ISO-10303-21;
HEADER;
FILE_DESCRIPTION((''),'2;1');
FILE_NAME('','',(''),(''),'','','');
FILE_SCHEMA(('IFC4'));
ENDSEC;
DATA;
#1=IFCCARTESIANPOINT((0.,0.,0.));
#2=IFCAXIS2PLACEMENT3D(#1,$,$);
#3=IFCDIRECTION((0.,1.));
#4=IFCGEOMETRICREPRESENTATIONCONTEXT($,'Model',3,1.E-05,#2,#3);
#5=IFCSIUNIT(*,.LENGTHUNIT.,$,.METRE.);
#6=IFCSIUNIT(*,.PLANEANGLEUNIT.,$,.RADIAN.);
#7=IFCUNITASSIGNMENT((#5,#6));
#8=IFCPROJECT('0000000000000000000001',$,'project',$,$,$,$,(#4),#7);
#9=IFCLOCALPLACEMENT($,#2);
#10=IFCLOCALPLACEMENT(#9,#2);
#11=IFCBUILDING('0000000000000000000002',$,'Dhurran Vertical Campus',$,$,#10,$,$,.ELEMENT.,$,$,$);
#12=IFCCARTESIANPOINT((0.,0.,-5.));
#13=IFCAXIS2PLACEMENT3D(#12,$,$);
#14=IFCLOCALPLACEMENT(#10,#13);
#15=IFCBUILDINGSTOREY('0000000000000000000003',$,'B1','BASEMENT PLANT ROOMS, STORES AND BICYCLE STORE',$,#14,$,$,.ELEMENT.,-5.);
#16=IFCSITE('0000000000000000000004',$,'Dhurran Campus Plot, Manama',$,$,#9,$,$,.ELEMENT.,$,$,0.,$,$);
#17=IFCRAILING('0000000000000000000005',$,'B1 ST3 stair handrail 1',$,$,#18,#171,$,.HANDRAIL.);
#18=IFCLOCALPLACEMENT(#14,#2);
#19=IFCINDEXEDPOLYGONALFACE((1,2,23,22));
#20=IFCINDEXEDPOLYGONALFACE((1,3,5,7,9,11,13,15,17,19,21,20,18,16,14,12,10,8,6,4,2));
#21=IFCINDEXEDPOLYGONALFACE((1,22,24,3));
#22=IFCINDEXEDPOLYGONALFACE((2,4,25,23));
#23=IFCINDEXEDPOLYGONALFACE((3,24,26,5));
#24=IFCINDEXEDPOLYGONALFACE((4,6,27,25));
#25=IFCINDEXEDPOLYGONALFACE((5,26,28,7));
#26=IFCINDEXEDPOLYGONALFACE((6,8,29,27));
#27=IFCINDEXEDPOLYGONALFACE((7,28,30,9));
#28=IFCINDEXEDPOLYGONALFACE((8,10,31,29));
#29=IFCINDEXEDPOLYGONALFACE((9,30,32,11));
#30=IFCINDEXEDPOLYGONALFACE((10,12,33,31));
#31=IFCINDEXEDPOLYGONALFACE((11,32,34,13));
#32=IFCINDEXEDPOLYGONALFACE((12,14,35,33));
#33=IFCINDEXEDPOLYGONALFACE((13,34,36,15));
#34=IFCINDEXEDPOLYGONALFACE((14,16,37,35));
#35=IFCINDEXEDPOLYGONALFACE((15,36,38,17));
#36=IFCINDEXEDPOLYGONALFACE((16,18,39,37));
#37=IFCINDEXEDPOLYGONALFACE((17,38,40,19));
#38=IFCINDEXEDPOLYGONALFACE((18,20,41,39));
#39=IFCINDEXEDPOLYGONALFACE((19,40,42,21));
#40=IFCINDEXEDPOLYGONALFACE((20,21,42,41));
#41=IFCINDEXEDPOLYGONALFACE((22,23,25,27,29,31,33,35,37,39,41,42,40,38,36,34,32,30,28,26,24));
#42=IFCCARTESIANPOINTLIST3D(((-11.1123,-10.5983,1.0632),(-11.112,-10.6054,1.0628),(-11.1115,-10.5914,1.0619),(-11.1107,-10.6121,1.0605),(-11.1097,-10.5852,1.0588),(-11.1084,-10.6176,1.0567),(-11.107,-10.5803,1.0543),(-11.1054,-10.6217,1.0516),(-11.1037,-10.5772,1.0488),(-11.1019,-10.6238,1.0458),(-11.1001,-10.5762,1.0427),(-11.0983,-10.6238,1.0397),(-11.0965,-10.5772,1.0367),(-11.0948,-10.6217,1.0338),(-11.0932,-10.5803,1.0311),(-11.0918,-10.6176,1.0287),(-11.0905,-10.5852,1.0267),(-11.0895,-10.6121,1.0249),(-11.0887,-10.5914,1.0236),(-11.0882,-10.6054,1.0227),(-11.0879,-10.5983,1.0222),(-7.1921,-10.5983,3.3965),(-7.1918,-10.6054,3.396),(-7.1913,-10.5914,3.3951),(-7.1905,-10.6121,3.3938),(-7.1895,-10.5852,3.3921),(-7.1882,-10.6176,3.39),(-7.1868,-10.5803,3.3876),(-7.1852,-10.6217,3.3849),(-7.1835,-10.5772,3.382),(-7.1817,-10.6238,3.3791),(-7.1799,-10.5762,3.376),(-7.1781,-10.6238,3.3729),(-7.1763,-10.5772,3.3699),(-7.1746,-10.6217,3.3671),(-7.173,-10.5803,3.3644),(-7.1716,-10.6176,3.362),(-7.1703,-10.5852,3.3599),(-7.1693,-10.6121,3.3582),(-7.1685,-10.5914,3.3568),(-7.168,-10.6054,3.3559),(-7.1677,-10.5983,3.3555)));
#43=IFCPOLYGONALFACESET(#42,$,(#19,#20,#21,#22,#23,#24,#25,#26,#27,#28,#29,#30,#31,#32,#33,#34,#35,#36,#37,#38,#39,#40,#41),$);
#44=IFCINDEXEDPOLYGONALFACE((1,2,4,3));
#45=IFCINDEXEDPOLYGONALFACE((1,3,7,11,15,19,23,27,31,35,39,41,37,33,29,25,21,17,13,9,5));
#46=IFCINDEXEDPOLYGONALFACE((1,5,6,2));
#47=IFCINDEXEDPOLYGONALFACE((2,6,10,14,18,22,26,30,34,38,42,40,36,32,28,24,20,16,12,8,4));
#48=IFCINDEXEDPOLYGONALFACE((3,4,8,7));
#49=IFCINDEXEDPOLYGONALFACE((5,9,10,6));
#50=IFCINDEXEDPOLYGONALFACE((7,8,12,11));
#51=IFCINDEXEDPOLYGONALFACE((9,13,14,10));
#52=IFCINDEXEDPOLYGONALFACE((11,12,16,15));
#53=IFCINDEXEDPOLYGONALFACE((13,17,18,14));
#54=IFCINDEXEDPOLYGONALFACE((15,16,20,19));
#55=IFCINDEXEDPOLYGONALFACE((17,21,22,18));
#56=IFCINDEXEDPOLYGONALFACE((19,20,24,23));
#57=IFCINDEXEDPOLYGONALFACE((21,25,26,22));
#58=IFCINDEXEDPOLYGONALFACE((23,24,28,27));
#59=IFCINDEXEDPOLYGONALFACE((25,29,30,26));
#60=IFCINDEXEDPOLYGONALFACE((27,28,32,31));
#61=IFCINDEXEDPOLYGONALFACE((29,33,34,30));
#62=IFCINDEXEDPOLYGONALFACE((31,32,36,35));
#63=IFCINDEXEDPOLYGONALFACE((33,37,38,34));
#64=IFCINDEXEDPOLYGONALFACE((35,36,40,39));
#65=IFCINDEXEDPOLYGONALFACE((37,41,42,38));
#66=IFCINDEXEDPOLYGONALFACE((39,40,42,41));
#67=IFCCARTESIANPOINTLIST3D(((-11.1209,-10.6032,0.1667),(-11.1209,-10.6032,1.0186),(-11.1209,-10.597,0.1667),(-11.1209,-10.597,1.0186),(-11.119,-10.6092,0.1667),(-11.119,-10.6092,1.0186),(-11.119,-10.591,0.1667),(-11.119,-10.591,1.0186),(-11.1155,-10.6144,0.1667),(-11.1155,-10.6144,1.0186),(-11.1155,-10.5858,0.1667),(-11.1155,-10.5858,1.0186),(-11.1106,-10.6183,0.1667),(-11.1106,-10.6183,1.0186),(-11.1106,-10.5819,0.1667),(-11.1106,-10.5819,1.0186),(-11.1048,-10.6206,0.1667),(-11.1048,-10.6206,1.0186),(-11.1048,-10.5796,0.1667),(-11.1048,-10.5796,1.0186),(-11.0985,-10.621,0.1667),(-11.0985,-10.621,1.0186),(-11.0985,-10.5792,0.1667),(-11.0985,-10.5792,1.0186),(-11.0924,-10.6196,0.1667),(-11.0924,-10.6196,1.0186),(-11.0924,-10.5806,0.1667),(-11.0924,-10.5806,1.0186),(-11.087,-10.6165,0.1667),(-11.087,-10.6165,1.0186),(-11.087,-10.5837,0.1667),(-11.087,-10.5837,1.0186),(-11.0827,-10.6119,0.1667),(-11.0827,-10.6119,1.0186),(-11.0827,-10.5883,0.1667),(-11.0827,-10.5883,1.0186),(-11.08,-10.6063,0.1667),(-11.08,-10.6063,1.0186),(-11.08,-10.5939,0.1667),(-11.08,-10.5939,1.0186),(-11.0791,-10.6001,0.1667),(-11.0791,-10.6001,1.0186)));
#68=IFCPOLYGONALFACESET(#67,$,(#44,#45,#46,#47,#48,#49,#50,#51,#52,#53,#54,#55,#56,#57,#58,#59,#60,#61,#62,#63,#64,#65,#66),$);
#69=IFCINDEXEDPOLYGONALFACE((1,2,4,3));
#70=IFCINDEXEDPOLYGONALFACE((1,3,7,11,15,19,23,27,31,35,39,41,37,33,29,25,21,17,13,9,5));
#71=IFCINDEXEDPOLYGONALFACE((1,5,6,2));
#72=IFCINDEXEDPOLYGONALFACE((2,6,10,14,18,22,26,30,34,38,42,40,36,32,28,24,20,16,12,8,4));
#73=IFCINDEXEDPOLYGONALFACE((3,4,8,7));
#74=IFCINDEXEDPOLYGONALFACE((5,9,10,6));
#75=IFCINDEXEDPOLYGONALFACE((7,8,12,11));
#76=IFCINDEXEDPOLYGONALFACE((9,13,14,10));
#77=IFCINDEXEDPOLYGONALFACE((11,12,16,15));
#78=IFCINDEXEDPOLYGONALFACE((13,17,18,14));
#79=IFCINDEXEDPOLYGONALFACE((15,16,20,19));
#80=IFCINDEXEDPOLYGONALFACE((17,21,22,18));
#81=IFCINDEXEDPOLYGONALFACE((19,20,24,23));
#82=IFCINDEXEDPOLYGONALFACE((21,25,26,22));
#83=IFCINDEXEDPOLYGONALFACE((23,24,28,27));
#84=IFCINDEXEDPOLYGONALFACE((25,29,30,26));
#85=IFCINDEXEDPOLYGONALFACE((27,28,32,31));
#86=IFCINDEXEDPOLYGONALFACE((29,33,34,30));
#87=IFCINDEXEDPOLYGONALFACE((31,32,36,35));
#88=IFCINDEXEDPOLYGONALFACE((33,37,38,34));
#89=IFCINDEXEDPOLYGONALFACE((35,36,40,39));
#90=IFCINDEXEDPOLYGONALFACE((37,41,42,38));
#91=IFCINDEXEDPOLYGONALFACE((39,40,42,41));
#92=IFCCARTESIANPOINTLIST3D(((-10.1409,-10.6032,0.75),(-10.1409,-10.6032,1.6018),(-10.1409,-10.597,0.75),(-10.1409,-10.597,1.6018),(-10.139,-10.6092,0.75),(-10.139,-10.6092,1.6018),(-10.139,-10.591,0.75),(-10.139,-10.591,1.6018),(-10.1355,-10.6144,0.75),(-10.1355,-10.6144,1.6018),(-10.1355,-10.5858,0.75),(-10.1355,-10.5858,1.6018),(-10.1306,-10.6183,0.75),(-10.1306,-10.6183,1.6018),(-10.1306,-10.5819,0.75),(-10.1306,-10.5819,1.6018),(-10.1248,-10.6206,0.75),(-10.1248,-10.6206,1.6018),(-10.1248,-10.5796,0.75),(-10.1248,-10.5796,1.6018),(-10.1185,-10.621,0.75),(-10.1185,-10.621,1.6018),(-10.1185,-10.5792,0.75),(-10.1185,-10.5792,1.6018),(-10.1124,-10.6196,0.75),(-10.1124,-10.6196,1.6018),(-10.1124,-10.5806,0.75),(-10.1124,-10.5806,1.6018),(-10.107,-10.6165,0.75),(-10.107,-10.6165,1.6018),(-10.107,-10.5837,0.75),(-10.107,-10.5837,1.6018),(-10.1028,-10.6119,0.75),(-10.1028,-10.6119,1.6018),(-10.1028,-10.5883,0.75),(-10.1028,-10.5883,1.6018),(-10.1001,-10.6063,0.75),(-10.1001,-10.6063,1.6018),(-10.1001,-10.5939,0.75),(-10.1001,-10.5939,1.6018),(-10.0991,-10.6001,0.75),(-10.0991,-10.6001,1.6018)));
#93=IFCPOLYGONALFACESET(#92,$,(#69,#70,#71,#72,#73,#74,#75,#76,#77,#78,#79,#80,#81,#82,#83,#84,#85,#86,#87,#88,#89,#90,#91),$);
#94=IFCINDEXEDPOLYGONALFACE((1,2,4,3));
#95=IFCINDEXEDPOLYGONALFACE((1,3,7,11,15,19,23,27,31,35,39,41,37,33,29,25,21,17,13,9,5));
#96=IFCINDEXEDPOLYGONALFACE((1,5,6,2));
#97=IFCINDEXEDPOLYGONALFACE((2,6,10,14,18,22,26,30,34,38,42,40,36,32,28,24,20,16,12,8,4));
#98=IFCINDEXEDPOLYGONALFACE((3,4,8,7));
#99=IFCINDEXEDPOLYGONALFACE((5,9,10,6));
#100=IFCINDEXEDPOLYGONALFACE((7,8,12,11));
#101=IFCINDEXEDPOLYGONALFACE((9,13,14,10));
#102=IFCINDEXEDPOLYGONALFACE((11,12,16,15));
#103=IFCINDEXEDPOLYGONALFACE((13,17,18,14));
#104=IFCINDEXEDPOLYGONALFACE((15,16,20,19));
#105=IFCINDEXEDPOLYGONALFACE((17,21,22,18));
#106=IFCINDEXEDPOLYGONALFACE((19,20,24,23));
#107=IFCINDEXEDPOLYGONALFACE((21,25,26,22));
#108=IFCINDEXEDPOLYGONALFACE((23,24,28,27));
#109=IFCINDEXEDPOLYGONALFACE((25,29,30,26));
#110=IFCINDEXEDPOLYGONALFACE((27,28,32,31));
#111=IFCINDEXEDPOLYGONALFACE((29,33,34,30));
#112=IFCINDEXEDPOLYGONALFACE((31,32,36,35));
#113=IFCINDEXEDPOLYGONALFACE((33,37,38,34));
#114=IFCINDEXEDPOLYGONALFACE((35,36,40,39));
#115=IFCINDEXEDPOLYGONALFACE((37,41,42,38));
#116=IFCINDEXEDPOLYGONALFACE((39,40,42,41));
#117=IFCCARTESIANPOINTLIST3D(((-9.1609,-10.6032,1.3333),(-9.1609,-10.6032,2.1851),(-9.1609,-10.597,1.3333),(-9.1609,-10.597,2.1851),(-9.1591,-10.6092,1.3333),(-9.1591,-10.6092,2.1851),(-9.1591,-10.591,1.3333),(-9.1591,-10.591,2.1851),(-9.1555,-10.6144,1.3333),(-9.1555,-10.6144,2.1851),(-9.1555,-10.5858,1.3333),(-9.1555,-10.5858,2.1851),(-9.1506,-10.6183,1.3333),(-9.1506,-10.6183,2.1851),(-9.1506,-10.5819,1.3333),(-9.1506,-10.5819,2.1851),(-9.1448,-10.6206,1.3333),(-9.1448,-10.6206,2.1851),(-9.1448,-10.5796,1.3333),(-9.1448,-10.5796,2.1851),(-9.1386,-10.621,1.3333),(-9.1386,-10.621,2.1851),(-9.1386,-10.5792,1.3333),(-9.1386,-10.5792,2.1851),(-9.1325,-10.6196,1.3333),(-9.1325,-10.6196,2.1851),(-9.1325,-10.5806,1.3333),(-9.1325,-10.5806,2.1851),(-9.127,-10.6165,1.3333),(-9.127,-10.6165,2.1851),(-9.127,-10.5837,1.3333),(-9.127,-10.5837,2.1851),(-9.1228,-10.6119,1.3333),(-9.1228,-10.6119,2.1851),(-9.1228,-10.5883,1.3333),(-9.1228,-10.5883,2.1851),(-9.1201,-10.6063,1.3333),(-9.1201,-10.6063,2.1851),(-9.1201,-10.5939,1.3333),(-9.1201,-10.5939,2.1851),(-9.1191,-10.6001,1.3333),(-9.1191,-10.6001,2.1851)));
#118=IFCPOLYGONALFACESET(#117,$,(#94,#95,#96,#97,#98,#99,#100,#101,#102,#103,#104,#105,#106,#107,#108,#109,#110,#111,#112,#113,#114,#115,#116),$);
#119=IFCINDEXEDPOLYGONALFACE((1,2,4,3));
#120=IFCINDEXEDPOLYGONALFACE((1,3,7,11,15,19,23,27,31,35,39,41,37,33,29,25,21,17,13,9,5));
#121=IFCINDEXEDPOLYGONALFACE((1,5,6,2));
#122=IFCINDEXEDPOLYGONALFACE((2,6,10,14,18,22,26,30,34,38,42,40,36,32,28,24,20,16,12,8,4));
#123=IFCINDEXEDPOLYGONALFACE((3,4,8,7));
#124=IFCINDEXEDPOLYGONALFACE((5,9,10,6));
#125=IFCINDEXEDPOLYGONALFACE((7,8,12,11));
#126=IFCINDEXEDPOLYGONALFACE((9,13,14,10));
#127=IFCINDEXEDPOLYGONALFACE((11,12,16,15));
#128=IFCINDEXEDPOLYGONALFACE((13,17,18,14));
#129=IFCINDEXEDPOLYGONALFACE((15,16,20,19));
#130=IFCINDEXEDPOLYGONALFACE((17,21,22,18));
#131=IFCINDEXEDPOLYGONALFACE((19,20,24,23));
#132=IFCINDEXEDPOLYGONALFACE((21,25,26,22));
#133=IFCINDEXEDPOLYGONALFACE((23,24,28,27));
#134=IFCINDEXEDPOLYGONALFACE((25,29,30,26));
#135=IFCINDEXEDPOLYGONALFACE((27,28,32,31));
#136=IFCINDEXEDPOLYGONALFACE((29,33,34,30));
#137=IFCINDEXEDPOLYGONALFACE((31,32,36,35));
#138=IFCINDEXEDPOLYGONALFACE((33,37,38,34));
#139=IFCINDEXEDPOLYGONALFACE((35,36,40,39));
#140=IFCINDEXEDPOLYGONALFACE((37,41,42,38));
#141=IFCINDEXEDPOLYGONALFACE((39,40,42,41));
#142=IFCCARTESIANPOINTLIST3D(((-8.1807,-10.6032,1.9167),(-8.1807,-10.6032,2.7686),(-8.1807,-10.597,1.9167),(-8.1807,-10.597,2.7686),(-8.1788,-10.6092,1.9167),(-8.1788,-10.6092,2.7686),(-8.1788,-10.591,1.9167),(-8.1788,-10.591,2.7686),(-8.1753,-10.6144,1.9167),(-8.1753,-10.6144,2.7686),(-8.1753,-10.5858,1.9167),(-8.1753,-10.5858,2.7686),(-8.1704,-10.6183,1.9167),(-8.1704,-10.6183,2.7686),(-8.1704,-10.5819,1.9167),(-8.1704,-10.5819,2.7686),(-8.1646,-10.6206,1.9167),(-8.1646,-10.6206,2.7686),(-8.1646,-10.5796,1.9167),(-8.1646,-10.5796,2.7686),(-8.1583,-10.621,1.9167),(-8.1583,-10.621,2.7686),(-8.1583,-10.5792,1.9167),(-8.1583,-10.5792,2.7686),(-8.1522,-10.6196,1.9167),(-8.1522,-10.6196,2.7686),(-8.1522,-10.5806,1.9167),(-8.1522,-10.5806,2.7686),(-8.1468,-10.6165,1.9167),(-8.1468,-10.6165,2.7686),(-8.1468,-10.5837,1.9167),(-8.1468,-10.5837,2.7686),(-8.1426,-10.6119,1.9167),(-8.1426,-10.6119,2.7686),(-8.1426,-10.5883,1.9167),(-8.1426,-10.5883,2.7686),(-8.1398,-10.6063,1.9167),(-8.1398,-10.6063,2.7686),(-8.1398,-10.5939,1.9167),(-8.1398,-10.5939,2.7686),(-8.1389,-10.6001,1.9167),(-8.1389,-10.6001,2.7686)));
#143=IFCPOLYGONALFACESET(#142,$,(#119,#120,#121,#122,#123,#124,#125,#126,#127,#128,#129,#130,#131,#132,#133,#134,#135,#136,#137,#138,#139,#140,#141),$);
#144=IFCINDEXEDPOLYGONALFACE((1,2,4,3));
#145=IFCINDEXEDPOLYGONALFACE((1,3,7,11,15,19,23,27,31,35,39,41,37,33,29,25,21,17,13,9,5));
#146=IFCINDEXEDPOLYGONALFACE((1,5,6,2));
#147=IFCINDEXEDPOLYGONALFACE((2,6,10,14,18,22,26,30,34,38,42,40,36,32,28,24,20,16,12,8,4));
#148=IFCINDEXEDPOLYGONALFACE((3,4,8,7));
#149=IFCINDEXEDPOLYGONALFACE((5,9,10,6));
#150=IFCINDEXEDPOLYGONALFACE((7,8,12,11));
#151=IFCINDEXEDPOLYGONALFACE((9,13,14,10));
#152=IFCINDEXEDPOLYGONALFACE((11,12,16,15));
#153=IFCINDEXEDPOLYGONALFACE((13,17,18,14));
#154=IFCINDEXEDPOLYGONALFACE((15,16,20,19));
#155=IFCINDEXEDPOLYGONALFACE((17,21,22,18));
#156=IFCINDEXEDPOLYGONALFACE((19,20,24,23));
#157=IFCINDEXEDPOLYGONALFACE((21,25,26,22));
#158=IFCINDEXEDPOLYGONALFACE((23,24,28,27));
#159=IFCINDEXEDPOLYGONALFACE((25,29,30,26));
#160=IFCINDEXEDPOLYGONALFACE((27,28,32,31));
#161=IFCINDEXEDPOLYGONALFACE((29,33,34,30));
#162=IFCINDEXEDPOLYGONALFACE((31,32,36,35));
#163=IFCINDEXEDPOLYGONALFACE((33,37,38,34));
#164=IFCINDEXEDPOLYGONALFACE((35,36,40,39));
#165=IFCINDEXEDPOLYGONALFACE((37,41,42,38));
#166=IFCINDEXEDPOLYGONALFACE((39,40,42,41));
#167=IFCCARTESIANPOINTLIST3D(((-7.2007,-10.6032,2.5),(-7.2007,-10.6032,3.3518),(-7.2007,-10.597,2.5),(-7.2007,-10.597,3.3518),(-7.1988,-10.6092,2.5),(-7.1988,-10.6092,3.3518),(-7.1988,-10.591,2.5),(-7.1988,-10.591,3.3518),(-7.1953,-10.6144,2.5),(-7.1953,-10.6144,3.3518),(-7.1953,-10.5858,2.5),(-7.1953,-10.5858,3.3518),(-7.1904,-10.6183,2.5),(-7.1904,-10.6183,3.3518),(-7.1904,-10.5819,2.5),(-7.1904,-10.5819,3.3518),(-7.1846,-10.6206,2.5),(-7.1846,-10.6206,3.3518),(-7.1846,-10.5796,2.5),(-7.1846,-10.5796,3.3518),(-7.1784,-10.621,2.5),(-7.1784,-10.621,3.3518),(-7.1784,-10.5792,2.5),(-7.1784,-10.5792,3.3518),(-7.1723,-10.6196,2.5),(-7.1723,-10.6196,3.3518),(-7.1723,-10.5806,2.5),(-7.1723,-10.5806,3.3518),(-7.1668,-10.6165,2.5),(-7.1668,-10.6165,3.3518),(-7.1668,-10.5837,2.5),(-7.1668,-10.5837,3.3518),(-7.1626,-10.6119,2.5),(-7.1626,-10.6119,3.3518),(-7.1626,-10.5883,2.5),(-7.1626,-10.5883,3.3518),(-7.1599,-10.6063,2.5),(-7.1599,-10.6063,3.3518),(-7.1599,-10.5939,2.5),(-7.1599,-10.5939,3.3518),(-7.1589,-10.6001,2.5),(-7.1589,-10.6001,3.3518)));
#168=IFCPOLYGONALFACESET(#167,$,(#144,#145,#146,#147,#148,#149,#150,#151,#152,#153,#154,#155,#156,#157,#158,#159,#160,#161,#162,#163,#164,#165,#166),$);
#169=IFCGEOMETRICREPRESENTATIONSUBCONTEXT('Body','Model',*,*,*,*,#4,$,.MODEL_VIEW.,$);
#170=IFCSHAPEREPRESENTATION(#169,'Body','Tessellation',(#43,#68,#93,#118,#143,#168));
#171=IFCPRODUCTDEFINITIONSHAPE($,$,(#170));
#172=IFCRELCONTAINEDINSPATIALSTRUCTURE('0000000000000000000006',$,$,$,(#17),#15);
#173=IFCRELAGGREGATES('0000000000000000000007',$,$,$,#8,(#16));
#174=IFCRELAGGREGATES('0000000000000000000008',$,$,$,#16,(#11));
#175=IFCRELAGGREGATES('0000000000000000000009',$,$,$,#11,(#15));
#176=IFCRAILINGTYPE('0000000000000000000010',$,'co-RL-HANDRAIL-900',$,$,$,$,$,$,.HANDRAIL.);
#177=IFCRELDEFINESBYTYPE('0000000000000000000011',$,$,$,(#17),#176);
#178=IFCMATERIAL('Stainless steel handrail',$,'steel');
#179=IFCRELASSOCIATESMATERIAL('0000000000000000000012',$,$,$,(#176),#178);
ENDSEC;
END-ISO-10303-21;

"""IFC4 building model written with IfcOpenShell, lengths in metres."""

from ifc_helpers import new_model, si_unit, direction, frame, origin, origin_2d, place, context, subcontext, project, spatial, circle, extrude, material, type_object, element, save


model = new_model("IFC4")

# Units and contexts
model_context = context("Model", 3, precision=1e-05, world=origin(), true_north=direction((0.0, 1.0)))
body_context = subcontext(model_context, "Body", "Model", "MODEL_VIEW")
ifc_project = project(units=[si_unit("LENGTHUNIT", "METRE"), si_unit("PLANEANGLEUNIT", "RADIAN")], contexts=[model_context])

# Site, building, storey
site_placement = place(None, origin())
site = spatial("IfcSite", under=ifc_project, at=site_placement, Name="Dhurran Campus Plot, Manama", CompositionType="ELEMENT", RefElevation=0.0)
building_placement = place(site_placement, origin())
building = spatial("IfcBuilding", under=site, at=building_placement, Name="Dhurran Vertical Campus", CompositionType="ELEMENT")
storey_placement = place(building_placement, frame((0.0, 0.0, -5.0)))
storey = spatial("IfcBuildingStorey", under=building, at=storey_placement, Name="B1", Description="BASEMENT PLANT ROOMS, STORES AND BICYCLE STORE", CompositionType="ELEMENT", Elevation=-5.0)

# Railing
ifc_material_1 = material(Name="Stainless steel handrail", Category="steel")
railing_type_1 = type_object("IfcRailingType", Name="co-RL-HANDRAIL-900", PredefinedType="HANDRAIL", material=ifc_material_1)
railing_1_placement = place(storey_placement, frame((-11.1001, -10.6001, 0.1667)))
element("IfcRailing", 1, at=railing_1_placement, inside=storey, type_object=railing_type_1, Name="B1 ST3 stair handrail 1", PredefinedType="HANDRAIL", context=body_context, shape_type="SweptSolid", body=[
    extrude(circle(Radius=0.0239, at=origin_2d()), frame((0.0, 0.0, 0.876), z_axis=(0.85931, 0.0, 0.511455), x_axis=(0.0, 1.0, 0.0)), (0.0, 0.0, 1.0), 4.562),
    extrude(circle(Radius=0.021, at=origin_2d()), origin(), (0.0, 0.0, 1.0), 0.8518),
    extrude(circle(Radius=0.021, at=origin_2d()), frame((0.98, 0.0, 0.5833)), (0.0, 0.0, 1.0), 0.8518),
    extrude(circle(Radius=0.021, at=origin_2d()), frame((1.96, 0.0, 1.1665)), (0.0, 0.0, 1.0), 0.8518),
    extrude(circle(Radius=0.021, at=origin_2d()), frame((2.9402, 0.0, 1.75)), (0.0, 0.0, 1.0), 0.8518),
    extrude(circle(Radius=0.021, at=origin_2d()), frame((3.9202, 0.0, 2.3333)), (0.0, 0.0, 1.0), 0.8518),
])

save(model, "model.ifc")
